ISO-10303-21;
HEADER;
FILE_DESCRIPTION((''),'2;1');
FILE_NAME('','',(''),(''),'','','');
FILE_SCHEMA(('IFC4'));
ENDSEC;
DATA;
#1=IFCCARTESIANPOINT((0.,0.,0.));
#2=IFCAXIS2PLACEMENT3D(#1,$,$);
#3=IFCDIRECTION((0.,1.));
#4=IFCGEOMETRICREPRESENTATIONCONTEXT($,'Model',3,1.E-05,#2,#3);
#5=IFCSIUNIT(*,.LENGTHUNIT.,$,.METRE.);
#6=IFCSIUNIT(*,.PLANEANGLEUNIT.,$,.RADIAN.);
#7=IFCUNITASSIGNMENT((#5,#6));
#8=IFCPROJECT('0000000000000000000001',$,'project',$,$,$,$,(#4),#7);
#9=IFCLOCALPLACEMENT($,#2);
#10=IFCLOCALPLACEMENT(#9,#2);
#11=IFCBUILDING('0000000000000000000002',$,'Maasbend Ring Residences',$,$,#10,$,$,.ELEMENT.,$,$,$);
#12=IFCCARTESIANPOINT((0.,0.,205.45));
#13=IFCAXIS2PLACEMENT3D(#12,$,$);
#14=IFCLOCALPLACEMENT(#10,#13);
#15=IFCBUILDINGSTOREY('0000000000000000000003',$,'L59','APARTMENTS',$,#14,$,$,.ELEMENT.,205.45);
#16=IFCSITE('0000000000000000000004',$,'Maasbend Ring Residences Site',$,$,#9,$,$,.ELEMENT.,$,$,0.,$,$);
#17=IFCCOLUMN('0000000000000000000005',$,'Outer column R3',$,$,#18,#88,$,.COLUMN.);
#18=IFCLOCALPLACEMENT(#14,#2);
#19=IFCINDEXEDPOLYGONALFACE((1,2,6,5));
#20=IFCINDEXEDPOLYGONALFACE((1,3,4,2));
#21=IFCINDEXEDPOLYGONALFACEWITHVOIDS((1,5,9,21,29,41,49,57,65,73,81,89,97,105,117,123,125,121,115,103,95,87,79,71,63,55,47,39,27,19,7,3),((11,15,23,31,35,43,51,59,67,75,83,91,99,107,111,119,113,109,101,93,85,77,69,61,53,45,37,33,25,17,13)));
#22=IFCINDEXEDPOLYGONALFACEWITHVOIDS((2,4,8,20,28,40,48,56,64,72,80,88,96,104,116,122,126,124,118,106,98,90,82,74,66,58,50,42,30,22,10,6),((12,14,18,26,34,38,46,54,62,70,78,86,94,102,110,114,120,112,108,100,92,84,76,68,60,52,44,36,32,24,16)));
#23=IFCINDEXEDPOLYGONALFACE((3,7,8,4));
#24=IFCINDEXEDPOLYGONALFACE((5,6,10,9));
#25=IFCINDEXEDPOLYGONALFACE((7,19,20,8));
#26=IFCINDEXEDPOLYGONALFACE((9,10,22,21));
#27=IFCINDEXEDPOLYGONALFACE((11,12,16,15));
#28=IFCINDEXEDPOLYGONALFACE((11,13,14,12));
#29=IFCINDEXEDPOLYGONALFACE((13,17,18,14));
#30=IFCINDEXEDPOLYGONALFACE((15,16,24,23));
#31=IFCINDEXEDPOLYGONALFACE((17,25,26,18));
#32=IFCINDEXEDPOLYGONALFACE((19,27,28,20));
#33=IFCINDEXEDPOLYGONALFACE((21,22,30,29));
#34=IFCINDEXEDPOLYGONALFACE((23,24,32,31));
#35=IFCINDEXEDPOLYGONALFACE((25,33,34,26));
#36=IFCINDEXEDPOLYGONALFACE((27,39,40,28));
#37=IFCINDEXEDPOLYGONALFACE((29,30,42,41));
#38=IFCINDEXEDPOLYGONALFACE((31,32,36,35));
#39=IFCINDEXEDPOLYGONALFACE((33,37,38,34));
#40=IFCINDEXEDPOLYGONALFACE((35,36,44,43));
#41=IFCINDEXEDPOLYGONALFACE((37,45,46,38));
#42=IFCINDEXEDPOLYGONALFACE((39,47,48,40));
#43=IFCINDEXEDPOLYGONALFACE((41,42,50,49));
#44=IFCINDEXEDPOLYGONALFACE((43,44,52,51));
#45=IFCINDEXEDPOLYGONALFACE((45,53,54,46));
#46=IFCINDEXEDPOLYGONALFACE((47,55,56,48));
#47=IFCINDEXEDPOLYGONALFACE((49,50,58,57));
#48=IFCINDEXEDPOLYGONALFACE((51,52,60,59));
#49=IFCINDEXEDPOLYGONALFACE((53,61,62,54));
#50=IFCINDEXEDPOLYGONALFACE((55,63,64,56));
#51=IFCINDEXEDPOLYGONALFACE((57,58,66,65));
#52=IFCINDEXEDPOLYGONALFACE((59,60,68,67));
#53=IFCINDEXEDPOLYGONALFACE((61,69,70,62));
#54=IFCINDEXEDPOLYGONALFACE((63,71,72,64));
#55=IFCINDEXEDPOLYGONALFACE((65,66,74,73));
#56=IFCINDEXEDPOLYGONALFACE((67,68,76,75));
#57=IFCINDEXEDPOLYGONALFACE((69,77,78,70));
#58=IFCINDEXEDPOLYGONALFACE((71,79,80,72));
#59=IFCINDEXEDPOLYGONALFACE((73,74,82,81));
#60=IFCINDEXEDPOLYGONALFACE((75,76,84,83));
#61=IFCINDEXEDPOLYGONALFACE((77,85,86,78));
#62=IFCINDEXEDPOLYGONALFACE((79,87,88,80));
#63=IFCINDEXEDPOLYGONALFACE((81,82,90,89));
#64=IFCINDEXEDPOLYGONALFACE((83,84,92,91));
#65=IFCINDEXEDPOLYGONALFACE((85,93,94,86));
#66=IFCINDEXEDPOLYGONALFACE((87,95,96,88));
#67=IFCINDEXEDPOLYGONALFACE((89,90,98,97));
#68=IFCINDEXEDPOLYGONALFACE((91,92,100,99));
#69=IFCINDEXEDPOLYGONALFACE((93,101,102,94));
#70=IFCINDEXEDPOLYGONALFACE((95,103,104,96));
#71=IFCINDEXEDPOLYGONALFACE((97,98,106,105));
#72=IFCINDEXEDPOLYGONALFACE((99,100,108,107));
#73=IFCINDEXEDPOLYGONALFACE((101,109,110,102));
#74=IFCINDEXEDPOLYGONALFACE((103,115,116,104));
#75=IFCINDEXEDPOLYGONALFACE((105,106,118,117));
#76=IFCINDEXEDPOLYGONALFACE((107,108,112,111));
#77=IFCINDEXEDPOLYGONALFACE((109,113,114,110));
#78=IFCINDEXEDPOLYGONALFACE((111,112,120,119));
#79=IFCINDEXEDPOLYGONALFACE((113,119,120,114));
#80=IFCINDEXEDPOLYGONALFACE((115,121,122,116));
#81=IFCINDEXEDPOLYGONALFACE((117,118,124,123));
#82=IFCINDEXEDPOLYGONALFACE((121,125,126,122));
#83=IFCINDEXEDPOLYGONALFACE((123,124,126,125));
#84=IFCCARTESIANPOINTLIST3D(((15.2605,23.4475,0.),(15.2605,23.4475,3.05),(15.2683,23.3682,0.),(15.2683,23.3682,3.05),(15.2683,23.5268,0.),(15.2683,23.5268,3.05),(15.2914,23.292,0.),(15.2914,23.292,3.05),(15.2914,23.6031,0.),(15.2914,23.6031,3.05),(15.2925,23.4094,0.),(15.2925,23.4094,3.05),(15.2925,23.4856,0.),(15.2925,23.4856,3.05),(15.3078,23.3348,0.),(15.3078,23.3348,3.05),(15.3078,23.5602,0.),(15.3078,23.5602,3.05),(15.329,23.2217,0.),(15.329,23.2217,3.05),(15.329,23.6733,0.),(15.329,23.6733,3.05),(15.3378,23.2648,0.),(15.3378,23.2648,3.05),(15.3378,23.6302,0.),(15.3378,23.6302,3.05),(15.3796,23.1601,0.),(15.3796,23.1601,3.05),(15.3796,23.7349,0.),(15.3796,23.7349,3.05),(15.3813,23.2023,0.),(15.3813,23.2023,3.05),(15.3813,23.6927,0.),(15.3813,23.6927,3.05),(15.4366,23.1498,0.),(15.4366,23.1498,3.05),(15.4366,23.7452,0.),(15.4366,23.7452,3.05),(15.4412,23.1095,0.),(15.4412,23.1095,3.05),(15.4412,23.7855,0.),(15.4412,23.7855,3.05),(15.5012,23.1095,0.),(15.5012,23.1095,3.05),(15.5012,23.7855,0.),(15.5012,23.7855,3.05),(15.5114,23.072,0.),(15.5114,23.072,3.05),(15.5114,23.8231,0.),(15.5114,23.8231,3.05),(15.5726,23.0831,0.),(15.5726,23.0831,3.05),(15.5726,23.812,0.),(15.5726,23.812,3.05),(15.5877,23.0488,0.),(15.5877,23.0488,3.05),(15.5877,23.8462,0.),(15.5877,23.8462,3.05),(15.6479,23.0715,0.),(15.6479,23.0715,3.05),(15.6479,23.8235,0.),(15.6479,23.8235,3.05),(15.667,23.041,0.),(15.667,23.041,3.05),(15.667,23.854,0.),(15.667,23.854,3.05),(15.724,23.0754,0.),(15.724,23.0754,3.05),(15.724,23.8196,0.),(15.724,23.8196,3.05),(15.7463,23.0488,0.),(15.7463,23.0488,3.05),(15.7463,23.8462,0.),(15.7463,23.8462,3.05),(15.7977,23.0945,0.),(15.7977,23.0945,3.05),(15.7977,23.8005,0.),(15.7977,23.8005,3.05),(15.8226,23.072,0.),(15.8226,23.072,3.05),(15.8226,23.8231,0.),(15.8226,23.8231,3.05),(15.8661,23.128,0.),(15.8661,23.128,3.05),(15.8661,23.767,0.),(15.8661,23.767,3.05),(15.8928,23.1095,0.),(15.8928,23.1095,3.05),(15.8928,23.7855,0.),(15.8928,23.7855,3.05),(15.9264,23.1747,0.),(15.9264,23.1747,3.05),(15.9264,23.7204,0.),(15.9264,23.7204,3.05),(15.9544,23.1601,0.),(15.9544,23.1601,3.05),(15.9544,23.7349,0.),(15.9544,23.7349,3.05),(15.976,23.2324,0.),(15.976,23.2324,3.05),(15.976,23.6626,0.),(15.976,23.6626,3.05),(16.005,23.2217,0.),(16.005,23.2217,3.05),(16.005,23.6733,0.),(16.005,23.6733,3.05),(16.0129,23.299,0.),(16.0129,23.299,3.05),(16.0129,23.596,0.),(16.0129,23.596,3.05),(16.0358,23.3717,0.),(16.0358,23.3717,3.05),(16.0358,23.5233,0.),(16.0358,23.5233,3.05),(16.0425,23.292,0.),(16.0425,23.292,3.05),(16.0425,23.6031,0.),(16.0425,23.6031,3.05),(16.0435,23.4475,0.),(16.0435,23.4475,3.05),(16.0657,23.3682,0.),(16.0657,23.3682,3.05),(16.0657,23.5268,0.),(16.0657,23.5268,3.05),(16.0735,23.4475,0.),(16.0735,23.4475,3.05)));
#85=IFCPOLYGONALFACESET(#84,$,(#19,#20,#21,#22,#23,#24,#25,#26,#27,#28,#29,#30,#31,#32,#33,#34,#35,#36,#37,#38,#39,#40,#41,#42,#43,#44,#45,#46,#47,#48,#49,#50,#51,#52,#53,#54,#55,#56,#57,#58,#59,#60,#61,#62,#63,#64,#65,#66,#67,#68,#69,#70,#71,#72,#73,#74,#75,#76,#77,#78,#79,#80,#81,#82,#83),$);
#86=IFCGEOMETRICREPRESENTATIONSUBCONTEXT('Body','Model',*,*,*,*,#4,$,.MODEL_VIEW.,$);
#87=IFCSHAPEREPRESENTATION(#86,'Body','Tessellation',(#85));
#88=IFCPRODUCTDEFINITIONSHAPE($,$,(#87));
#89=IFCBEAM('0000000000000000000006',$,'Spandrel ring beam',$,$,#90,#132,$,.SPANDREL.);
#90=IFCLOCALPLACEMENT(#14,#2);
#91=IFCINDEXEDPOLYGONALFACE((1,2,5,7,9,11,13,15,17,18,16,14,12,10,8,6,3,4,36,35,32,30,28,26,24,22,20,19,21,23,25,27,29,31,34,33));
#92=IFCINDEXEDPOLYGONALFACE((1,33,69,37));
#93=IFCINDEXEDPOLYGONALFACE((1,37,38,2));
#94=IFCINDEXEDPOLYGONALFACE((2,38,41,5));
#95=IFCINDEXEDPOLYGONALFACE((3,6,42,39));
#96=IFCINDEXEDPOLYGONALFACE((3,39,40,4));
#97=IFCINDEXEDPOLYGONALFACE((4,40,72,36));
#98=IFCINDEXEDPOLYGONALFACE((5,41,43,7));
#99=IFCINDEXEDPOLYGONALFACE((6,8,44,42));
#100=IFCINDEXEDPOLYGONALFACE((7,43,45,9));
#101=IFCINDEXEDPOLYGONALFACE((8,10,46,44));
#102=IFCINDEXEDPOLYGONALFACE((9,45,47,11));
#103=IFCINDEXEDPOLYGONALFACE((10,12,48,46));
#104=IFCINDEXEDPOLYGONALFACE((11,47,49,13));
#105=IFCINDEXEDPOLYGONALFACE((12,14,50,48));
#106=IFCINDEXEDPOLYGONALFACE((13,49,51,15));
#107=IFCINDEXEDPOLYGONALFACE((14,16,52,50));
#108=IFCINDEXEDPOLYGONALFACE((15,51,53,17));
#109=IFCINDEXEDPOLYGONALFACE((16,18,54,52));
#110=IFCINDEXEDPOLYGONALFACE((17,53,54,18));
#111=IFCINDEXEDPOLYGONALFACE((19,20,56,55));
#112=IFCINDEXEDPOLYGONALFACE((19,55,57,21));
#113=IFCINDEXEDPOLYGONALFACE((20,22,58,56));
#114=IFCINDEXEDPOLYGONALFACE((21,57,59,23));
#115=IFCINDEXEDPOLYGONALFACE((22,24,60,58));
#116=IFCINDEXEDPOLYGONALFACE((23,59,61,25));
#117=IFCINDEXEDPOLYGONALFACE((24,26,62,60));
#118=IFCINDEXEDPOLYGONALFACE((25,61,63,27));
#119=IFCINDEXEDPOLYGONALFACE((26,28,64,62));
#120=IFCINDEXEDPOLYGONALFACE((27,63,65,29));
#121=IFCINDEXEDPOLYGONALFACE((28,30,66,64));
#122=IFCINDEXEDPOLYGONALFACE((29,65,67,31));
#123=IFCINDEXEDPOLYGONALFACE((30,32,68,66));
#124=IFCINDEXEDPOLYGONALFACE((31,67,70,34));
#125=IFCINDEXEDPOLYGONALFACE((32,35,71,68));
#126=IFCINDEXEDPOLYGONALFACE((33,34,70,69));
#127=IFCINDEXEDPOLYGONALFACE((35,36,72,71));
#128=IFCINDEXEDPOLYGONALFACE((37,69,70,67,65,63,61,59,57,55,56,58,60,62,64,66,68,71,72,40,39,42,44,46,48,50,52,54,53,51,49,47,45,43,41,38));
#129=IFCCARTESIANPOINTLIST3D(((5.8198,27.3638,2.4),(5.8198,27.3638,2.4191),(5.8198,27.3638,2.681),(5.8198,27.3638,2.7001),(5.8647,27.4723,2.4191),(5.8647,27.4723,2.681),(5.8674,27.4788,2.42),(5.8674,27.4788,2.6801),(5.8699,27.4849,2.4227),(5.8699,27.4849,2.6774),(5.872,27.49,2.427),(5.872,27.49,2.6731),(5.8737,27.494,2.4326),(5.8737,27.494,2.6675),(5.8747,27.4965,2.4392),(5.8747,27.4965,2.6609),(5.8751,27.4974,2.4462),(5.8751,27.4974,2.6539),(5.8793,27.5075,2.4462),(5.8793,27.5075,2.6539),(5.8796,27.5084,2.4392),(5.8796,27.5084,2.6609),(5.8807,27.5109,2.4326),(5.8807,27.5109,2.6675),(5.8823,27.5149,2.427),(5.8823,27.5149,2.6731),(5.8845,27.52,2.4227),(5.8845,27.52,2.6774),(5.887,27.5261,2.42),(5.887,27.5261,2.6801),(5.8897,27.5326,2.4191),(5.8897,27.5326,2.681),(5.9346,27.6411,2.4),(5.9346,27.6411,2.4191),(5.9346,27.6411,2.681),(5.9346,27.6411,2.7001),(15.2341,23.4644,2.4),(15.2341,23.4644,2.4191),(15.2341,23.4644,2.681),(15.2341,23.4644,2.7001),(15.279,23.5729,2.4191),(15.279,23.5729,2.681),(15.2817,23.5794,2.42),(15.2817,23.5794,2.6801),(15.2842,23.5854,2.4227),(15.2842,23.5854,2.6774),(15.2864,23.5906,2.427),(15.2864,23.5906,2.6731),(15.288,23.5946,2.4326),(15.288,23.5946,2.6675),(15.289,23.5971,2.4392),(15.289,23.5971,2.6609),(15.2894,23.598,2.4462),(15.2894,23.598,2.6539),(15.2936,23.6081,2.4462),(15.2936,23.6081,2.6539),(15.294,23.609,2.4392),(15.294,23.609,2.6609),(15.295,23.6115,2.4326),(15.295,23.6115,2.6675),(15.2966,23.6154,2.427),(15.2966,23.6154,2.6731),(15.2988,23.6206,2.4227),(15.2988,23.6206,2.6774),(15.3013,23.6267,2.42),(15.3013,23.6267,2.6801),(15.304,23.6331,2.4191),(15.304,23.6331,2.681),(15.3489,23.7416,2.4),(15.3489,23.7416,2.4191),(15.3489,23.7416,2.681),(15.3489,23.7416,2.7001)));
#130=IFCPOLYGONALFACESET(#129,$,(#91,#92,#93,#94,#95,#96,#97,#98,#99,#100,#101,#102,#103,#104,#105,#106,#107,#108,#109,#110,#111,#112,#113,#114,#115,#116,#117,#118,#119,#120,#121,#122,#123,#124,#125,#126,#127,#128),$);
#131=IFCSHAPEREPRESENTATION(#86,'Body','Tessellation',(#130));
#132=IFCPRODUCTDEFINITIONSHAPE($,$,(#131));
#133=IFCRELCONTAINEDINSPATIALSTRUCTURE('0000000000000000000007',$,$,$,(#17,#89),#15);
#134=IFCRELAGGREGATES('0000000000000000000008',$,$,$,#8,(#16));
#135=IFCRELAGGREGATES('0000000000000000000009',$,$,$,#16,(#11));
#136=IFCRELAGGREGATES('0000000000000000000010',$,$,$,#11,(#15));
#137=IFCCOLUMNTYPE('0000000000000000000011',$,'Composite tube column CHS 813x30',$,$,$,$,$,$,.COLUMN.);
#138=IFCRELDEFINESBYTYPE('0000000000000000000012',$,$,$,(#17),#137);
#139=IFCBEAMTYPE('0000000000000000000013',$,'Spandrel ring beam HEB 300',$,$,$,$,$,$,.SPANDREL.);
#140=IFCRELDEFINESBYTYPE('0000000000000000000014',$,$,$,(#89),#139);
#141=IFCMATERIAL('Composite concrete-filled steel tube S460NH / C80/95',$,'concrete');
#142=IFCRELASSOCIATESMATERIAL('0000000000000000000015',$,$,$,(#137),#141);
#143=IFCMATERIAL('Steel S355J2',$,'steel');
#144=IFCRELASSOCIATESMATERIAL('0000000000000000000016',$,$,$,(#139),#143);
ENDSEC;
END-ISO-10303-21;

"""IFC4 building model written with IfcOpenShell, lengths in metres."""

from ifc_helpers import new_model, si_unit, direction, frame, origin, origin_2d, place, context, subcontext, project, spatial, hollow_circle, i_section, extrude, material, material_profile, profile_set, type_object, element, save


model = new_model("IFC4")

# Units and contexts
model_context = context("Model", 3, precision=1e-05, world=origin(), true_north=direction((0.0, 1.0)))
body_context = subcontext(model_context, "Body", "Model", "MODEL_VIEW")
ifc_project = project(units=[si_unit("LENGTHUNIT", "METRE"), si_unit("PLANEANGLEUNIT", "RADIAN")], contexts=[model_context])

# Site, building, storey
site_placement = place(None, origin())
site = spatial("IfcSite", under=ifc_project, at=site_placement, Name="Maasbend Ring Residences Site", CompositionType="ELEMENT", RefElevation=0.0)
building_placement = place(site_placement, origin())
building = spatial("IfcBuilding", under=site, at=building_placement, Name="Maasbend Ring Residences", CompositionType="ELEMENT")
storey_placement = place(building_placement, frame((0.0, 0.0, 205.45)))
storey = spatial("IfcBuildingStorey", under=building, at=storey_placement, Name="L59", Description="APARTMENTS", CompositionType="ELEMENT", Elevation=205.45)

# Column
ifc_material_1 = material(Name="Composite concrete-filled steel tube S460NH / C80/95", Category="concrete")
ifc_material_profile_1 = material_profile(ifc_material_1, hollow_circle(Radius=0.4065, WallThickness=0.03, at=origin_2d()), Name="Composite tube column CHS 813x30")
ifc_profile_set_1 = profile_set([ifc_material_profile_1], Name="Composite concrete-filled steel tube S460NH / C80/95")
column_type = type_object("IfcColumnType", Name="Composite tube column CHS 813x30", PredefinedType="COLUMN", material=ifc_profile_set_1)
column_placement = place(storey_placement, frame((15.667, 23.4475, 0.0), z_axis=(0.0, 0.0, 1.0), x_axis=(1.0, 0.0, 0.0)))
element("IfcColumn", 1, at=column_placement, inside=storey, type_object=column_type, Name="Outer column R3", PredefinedType="COLUMN", context=body_context, shape_type="SweptSolid", body=[
    extrude(hollow_circle(Radius=0.4065, WallThickness=0.03, at=origin_2d()), origin(), (0.0, 0.0, 1.0), 3.05),
])

# Beam
ifc_material_2 = material(Name="Steel S355J2", Category="steel")
ifc_material_profile_2 = material_profile(ifc_material_2, i_section(OverallWidth=0.3, OverallDepth=0.3, WebThickness=0.011, FlangeThickness=0.019, FilletRadius=0.0271, at=origin_2d()), Name="HEB 300")
ifc_profile_set_2 = profile_set([ifc_material_profile_2], Name="Steel S355J2")
beam_type = type_object("IfcBeamType", Name="Spandrel ring beam HEB 300", PredefinedType="SPANDREL", material=ifc_profile_set_2)
beam_placement = place(storey_placement, frame((15.2915, 23.603, 2.55), z_axis=(-0.923884, 0.382673, 0.0), x_axis=(-0.382673, -0.923884, 0.0)))
element("IfcBeam", 2, at=beam_placement, inside=storey, type_object=beam_type, Name="Spandrel ring beam", PredefinedType="SPANDREL", context=body_context, shape_type="SweptSolid", body=[
    extrude(i_section(OverallWidth=0.3, OverallDepth=0.3, WebThickness=0.011, FlangeThickness=0.019, FilletRadius=0.0271, at=origin_2d()), origin(), (0.0, 0.0, 1.0), 10.1899),
])

save(model, "model.ifc")
